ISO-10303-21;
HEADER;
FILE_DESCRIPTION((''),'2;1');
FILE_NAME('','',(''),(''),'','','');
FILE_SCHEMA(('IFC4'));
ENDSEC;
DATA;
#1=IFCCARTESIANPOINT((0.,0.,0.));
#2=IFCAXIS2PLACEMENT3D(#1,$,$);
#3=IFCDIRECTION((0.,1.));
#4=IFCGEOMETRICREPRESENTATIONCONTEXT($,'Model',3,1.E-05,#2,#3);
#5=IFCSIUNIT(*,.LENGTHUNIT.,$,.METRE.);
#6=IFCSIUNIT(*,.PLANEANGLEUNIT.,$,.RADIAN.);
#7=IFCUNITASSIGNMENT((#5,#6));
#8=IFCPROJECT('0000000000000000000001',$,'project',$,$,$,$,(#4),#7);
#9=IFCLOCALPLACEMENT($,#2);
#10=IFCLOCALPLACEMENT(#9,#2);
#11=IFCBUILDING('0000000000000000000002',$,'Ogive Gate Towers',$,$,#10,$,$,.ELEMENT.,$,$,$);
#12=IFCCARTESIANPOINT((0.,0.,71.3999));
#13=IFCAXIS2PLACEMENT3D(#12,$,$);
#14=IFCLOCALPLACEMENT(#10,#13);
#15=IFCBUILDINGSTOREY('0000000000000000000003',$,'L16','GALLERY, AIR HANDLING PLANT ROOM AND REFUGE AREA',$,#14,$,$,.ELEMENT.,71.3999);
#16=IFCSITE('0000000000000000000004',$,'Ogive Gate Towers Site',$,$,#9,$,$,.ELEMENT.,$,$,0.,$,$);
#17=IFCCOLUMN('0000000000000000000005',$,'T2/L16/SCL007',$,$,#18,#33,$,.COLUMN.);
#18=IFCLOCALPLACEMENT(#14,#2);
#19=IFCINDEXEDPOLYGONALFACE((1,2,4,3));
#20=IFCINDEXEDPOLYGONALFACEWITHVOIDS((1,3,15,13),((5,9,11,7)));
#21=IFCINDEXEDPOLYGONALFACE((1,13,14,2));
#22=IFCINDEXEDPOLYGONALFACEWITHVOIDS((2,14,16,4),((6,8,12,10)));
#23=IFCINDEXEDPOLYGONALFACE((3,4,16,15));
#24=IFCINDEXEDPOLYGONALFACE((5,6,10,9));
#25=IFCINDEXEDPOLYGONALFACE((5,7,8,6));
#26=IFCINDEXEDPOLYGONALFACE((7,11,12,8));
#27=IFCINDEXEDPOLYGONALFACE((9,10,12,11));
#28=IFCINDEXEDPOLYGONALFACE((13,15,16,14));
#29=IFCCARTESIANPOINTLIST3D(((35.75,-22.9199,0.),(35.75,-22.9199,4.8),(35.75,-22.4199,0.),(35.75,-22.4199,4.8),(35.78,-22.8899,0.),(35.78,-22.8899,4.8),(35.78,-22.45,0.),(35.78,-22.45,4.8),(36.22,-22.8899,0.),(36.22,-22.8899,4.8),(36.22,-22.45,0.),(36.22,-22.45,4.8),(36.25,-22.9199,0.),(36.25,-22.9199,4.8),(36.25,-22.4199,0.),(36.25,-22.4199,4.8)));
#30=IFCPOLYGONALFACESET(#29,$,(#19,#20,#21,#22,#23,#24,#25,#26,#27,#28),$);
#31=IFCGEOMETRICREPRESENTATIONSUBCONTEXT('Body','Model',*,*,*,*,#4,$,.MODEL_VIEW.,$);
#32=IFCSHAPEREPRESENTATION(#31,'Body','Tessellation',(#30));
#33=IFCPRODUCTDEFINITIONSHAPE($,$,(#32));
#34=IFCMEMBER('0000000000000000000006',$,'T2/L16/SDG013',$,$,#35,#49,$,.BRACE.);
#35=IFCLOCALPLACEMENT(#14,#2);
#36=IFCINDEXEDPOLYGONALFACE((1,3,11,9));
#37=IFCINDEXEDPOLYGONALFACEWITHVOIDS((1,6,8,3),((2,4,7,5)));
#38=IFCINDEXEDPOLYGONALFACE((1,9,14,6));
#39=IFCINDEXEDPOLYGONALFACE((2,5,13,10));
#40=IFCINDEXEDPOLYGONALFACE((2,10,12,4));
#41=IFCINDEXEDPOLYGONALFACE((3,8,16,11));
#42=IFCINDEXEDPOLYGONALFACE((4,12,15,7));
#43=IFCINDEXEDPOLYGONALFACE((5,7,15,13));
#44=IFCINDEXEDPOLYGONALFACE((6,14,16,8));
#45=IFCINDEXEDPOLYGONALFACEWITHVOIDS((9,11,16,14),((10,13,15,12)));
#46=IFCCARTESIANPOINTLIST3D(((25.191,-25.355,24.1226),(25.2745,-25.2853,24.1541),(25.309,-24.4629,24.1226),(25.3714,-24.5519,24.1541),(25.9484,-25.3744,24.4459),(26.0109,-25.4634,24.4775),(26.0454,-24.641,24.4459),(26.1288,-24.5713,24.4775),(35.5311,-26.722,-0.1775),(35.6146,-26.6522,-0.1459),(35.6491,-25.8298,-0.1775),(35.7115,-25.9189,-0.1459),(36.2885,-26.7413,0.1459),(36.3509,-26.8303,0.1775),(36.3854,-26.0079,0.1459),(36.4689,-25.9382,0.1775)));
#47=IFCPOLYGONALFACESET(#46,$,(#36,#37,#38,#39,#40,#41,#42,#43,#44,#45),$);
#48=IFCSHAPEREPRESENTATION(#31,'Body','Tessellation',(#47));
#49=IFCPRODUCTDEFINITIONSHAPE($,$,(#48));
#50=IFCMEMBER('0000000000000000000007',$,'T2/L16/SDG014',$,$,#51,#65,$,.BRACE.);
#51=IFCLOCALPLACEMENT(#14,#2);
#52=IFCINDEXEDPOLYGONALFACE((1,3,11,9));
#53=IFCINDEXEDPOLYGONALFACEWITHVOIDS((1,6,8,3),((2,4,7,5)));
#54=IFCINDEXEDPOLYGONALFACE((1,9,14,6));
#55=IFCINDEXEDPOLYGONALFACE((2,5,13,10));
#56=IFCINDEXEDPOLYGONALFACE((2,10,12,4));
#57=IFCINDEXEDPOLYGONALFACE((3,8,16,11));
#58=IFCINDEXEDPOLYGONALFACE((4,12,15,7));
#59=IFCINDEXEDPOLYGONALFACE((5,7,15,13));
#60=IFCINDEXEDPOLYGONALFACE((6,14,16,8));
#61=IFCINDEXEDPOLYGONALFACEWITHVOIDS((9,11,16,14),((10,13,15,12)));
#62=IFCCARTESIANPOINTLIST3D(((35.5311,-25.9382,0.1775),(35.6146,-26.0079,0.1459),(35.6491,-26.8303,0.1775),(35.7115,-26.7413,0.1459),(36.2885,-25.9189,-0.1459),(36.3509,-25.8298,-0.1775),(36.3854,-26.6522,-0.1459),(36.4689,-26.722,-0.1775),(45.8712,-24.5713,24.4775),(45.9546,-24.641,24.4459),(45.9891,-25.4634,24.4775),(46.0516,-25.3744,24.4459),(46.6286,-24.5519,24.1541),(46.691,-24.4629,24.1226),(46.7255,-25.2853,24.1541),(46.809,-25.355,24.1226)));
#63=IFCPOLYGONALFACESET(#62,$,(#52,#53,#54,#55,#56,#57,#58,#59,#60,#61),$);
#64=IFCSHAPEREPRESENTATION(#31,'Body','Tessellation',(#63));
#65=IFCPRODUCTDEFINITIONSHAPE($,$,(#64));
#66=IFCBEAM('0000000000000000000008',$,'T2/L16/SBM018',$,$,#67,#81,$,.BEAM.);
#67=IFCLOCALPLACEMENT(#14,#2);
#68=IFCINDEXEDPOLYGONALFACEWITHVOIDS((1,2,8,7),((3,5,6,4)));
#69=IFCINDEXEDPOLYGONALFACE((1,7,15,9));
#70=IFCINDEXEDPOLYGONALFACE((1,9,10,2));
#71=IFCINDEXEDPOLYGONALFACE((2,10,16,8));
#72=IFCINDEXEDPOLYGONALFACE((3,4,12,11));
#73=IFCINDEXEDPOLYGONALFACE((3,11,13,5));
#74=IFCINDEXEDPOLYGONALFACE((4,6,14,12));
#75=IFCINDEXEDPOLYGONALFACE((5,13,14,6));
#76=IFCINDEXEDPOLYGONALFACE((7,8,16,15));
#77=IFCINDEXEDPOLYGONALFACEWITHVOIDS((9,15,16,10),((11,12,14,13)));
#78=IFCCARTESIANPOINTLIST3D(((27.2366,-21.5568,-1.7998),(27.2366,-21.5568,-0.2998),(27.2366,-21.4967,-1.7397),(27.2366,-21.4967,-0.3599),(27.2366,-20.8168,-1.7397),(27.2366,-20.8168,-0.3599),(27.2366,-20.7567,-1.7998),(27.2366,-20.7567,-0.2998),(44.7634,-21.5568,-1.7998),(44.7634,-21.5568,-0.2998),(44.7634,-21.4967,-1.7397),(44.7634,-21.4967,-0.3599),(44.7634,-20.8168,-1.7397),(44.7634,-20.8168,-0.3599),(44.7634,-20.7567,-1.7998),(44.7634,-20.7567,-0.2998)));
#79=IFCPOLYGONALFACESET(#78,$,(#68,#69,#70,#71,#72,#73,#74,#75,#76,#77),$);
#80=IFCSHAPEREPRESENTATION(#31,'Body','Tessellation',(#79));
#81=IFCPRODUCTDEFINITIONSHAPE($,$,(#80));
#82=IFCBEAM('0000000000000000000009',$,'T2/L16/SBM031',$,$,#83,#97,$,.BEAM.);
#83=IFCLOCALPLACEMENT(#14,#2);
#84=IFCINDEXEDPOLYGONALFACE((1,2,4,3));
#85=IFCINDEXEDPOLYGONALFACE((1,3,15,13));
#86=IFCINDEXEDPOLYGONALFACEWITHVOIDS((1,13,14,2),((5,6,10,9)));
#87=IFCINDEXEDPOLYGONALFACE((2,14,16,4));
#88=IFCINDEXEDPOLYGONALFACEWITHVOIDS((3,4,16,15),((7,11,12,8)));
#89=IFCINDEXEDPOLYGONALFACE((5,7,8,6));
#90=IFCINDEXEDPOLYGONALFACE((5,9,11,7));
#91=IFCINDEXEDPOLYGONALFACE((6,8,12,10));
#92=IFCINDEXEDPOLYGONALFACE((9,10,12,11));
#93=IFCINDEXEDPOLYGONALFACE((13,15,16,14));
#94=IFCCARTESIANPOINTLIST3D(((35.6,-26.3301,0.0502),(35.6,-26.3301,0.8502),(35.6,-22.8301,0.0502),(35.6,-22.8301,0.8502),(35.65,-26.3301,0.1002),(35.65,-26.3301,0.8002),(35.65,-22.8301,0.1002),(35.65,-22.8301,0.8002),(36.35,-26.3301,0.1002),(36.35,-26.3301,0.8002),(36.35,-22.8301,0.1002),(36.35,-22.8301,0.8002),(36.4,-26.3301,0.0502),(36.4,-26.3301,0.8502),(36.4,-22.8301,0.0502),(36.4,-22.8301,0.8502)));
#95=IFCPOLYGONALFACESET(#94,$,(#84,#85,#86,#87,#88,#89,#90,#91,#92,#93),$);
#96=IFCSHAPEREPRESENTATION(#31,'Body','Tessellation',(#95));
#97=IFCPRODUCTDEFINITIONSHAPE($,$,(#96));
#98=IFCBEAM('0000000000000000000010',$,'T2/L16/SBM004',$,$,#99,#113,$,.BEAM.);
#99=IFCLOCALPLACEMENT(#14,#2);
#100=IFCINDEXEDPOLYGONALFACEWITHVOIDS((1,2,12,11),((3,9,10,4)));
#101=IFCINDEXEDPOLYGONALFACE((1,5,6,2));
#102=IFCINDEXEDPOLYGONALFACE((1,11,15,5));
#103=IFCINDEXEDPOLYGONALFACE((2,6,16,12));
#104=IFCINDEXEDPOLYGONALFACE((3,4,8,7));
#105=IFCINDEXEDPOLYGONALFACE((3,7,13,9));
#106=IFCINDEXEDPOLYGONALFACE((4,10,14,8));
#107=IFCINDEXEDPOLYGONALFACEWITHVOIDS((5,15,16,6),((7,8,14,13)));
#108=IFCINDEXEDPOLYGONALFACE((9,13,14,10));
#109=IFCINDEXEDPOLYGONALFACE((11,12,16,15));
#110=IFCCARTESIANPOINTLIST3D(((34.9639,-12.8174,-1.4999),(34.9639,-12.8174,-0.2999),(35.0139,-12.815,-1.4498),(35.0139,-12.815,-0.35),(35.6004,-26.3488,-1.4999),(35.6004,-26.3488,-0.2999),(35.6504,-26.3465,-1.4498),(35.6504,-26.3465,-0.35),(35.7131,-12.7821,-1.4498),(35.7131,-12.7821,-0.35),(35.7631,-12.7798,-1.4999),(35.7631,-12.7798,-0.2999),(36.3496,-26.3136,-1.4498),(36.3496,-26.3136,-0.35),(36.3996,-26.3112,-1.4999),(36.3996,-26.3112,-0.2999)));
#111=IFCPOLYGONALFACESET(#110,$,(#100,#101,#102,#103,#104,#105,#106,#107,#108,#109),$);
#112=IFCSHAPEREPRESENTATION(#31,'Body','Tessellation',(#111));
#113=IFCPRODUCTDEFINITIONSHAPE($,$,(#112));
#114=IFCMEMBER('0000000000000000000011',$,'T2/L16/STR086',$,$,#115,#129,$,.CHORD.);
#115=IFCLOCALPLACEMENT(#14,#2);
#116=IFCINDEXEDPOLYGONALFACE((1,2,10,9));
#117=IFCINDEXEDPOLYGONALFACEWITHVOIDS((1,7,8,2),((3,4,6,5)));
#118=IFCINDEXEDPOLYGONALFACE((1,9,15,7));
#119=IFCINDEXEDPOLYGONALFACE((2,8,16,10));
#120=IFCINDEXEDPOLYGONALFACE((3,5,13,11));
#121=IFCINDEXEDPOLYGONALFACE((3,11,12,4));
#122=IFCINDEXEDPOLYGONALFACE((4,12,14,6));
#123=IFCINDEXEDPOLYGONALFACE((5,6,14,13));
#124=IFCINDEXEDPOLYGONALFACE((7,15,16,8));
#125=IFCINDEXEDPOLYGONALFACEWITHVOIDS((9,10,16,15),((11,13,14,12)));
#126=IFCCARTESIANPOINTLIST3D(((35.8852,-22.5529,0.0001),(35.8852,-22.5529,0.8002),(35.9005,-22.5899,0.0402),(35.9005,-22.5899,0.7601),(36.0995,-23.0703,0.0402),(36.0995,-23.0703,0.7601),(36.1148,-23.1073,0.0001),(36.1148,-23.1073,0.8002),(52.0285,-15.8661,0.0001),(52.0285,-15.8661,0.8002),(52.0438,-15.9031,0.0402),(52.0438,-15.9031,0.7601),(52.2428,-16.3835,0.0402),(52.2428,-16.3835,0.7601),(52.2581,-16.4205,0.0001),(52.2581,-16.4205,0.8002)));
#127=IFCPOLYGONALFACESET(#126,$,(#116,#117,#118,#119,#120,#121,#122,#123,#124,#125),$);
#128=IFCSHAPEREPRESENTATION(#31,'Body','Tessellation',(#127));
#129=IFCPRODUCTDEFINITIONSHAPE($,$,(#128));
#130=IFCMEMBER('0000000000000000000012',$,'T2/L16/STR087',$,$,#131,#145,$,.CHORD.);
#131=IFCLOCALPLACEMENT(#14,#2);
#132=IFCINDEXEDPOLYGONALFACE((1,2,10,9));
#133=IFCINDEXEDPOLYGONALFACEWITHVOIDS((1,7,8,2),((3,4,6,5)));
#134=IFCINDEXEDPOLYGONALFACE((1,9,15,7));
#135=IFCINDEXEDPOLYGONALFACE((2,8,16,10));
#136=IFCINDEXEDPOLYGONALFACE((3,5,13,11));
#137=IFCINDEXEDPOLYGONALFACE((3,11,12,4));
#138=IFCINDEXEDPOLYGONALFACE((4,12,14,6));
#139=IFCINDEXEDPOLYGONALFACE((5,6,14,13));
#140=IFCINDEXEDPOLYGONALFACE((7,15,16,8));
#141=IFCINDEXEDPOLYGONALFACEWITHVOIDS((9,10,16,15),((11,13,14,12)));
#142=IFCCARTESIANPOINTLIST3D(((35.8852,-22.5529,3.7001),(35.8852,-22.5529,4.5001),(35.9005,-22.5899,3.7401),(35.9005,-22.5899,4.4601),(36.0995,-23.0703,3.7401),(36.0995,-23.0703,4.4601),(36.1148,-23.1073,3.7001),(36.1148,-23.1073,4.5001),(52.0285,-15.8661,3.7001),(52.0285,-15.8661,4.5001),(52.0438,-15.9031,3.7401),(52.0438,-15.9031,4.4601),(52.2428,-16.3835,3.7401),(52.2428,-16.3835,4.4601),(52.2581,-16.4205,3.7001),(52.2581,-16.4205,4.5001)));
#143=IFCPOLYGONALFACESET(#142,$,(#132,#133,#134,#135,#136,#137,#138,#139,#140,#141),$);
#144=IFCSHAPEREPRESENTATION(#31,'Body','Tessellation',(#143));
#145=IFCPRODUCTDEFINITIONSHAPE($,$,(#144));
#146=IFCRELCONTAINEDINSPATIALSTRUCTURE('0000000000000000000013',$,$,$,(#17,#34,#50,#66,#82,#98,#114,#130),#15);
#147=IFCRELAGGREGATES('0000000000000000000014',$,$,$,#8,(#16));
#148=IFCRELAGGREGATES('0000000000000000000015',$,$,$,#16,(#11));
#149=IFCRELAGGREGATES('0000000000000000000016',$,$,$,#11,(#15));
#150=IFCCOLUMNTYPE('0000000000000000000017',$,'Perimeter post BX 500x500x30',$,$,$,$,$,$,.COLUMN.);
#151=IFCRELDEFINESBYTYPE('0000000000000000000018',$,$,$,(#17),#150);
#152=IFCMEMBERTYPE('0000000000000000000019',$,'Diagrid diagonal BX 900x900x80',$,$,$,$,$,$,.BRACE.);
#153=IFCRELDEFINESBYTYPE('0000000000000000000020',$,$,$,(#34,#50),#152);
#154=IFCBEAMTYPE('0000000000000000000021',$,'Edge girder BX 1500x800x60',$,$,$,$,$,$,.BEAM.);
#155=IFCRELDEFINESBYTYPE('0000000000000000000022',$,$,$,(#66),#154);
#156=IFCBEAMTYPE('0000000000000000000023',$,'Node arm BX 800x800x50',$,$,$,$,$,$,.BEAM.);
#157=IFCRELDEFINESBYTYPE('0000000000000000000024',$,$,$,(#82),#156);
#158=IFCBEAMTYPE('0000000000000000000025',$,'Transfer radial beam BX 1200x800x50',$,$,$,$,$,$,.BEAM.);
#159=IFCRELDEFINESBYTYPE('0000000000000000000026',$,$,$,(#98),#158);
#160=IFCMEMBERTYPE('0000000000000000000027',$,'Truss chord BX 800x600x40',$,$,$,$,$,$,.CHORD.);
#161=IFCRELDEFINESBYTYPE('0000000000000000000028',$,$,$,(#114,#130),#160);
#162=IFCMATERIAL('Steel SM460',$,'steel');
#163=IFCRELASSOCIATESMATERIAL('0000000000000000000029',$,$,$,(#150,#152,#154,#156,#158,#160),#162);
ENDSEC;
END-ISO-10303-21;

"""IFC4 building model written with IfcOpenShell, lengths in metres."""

from ifc_helpers import new_model, si_unit, direction, frame, origin, origin_2d, place, context, subcontext, project, spatial, hollow_rectangle, extrude, material, material_profile, profile_set, type_object, element, save


model = new_model("IFC4")

# Units and contexts
model_context = context("Model", 3, precision=1e-05, world=origin(), true_north=direction((0.0, 1.0)))
body_context = subcontext(model_context, "Body", "Model", "MODEL_VIEW")
ifc_project = project(units=[si_unit("LENGTHUNIT", "METRE"), si_unit("PLANEANGLEUNIT", "RADIAN")], contexts=[model_context])

# Site, building, storey
site_placement = place(None, origin())
site = spatial("IfcSite", under=ifc_project, at=site_placement, Name="Ogive Gate Towers Site", CompositionType="ELEMENT", RefElevation=0.0)
building_placement = place(site_placement, origin())
building = spatial("IfcBuilding", under=site, at=building_placement, Name="Ogive Gate Towers", CompositionType="ELEMENT")
storey_placement = place(building_placement, frame((0.0, 0.0, 71.3999)))
storey = spatial("IfcBuildingStorey", under=building, at=storey_placement, Name="L16", Description="GALLERY, AIR HANDLING PLANT ROOM AND REFUGE AREA", CompositionType="ELEMENT", Elevation=71.3999)

# Column
ifc_material_1 = material(Name="Steel SM460", Category="steel")
ifc_material_profile_1 = material_profile(ifc_material_1, hollow_rectangle(XDim=0.5, YDim=0.5, WallThickness=0.03, at=origin_2d()), Name="BX 500x500x30")
ifc_profile_set_1 = profile_set([ifc_material_profile_1], Name="Steel SM460")
column_type = type_object("IfcColumnType", Name="Perimeter post BX 500x500x30", PredefinedType="COLUMN", material=ifc_profile_set_1)
column_placement = place(storey_placement, frame((36.0, -22.6699, 0.0), z_axis=(0.0, 0.0, 1.0), x_axis=(1.0, 0.0, 0.0)))
element("IfcColumn", 1, at=column_placement, inside=storey, type_object=column_type, Name="T2/L16/SCL007", PredefinedType="COLUMN", context=body_context, shape_type="SweptSolid", body=[
    extrude(hollow_rectangle(XDim=0.5, YDim=0.5, WallThickness=0.03, at=origin_2d()), origin(), (0.0, 0.0, 1.0), 4.8),
])

# Members
ifc_material_profile_2 = material_profile(ifc_material_1, hollow_rectangle(XDim=0.8999, YDim=0.8999, WallThickness=0.0801, at=origin_2d()), Name="BX 900x900x80")
ifc_profile_set_2 = profile_set([ifc_material_profile_2], Name="Steel SM460")
member_type_1 = type_object("IfcMemberType", Name="Diagrid diagonal BX 900x900x80", PredefinedType="BRACE", material=ifc_profile_set_2)
for number, where, z_axis, x_axis, name in (
    (2, (36.0, -26.3301, 0.0), (-0.39102, 0.051692, 0.918929), (-0.131058, -0.991375, 0.0), "T2/L16/SDG013"),
    (3, (36.0, -26.3301, 0.0), (0.39102, 0.051692, 0.918929), (-0.131058, 0.991375, 0.0), "T2/L16/SDG014"),
):
    element("IfcMember", number, at=place(storey_placement, frame(where, z_axis=z_axis, x_axis=x_axis)), inside=storey, type_object=member_type_1, Name=name, PredefinedType="BRACE", context=body_context, shape_type="SweptSolid", body=[
        extrude(hollow_rectangle(XDim=0.8999, YDim=0.8999, WallThickness=0.0801, at=origin_2d()), origin(), (0.0, 0.0, 1.0), 26.4438),
    ])

# Beams
ifc_material_profile_3 = material_profile(ifc_material_1, hollow_rectangle(XDim=0.8, YDim=1.5, WallThickness=0.0601, at=origin_2d()), Name="BX 1500x800x60")
ifc_profile_set_3 = profile_set([ifc_material_profile_3], Name="Steel SM460")
beam_type_1 = type_object("IfcBeamType", Name="Edge girder BX 1500x800x60", PredefinedType="BEAM", material=ifc_profile_set_3)
beam_1_placement = place(storey_placement, frame((27.2366, -21.1567, -1.0498), z_axis=(1.0, 0.0, 0.0), x_axis=(0.0, 1.0, 0.0)))
element("IfcBeam", 4, at=beam_1_placement, inside=storey, type_object=beam_type_1, Name="T2/L16/SBM018", PredefinedType="BEAM", context=body_context, shape_type="SweptSolid", body=[
    extrude(hollow_rectangle(XDim=0.8, YDim=1.5, WallThickness=0.0601, at=origin_2d()), origin(), (0.0, 0.0, 1.0), 17.5269),
])
ifc_material_profile_4 = material_profile(ifc_material_1, hollow_rectangle(XDim=0.8, YDim=0.8, WallThickness=0.05, at=origin_2d()), Name="BX 800x800x50")
ifc_profile_set_4 = profile_set([ifc_material_profile_4], Name="Steel SM460")
beam_type_2 = type_object("IfcBeamType", Name="Node arm BX 800x800x50", PredefinedType="BEAM", material=ifc_profile_set_4)
beam_2_placement = place(storey_placement, frame((36.0, -22.8301, 0.4502), z_axis=(0.0, -1.0, 0.0), x_axis=(1.0, 0.0, 0.0)))
element("IfcBeam", 5, at=beam_2_placement, inside=storey, type_object=beam_type_2, Name="T2/L16/SBM031", PredefinedType="BEAM", context=body_context, shape_type="SweptSolid", body=[
    extrude(hollow_rectangle(XDim=0.8, YDim=0.8, WallThickness=0.05, at=origin_2d()), origin(), (0.0, 0.0, 1.0), 3.5),
])
ifc_material_profile_5 = material_profile(ifc_material_1, hollow_rectangle(XDim=0.8, YDim=1.2, WallThickness=0.05, at=origin_2d()), Name="BX 1200x800x50")
ifc_profile_set_5 = profile_set([ifc_material_profile_5], Name="Steel SM460")
beam_type_3 = type_object("IfcBeamType", Name="Transfer radial beam BX 1200x800x50", PredefinedType="BEAM", material=ifc_profile_set_5)
beam_3_placement = place(storey_placement, frame((35.3635, -12.7986, -0.8999), z_axis=(0.046985, -0.998896, 0.0), x_axis=(0.998896, 0.046985, 0.0)))
element("IfcBeam", 6, at=beam_3_placement, inside=storey, type_object=beam_type_3, Name="T2/L16/SBM004", PredefinedType="BEAM", context=body_context, shape_type="SweptSolid", body=[
    extrude(hollow_rectangle(XDim=0.8, YDim=1.2, WallThickness=0.05, at=origin_2d()), origin(), (0.0, 0.0, 1.0), 13.5464),
])

# Members
ifc_material_profile_6 = material_profile(ifc_material_1, hollow_rectangle(XDim=0.6001, YDim=0.8, WallThickness=0.04, at=origin_2d()), Name="BX 800x600x40")
ifc_profile_set_6 = profile_set([ifc_material_profile_6], Name="Steel SM460")
member_type_2 = type_object("IfcMemberType", Name="Truss chord BX 800x600x40", PredefinedType="CHORD", material=ifc_profile_set_6)
for number, where, z_axis, x_axis, name in (
    (7, (36.0, -22.8301, 0.4001), (0.92388, 0.382683, 0.0), (-0.382683, 0.92388, 0.0), "T2/L16/STR086"),
    (8, (36.0, -22.8301, 4.1001), (0.92388, 0.382683, 0.0), (-0.382683, 0.92388, 0.0), "T2/L16/STR087"),
):
    element("IfcMember", number, at=place(storey_placement, frame(where, z_axis=z_axis, x_axis=x_axis)), inside=storey, type_object=member_type_2, Name=name, PredefinedType="CHORD", context=body_context, shape_type="SweptSolid", body=[
        extrude(hollow_rectangle(XDim=0.6001, YDim=0.8, WallThickness=0.04, at=origin_2d()), origin(), (0.0, 0.0, 1.0), 17.4734),
    ])

save(model, "model.ifc")
